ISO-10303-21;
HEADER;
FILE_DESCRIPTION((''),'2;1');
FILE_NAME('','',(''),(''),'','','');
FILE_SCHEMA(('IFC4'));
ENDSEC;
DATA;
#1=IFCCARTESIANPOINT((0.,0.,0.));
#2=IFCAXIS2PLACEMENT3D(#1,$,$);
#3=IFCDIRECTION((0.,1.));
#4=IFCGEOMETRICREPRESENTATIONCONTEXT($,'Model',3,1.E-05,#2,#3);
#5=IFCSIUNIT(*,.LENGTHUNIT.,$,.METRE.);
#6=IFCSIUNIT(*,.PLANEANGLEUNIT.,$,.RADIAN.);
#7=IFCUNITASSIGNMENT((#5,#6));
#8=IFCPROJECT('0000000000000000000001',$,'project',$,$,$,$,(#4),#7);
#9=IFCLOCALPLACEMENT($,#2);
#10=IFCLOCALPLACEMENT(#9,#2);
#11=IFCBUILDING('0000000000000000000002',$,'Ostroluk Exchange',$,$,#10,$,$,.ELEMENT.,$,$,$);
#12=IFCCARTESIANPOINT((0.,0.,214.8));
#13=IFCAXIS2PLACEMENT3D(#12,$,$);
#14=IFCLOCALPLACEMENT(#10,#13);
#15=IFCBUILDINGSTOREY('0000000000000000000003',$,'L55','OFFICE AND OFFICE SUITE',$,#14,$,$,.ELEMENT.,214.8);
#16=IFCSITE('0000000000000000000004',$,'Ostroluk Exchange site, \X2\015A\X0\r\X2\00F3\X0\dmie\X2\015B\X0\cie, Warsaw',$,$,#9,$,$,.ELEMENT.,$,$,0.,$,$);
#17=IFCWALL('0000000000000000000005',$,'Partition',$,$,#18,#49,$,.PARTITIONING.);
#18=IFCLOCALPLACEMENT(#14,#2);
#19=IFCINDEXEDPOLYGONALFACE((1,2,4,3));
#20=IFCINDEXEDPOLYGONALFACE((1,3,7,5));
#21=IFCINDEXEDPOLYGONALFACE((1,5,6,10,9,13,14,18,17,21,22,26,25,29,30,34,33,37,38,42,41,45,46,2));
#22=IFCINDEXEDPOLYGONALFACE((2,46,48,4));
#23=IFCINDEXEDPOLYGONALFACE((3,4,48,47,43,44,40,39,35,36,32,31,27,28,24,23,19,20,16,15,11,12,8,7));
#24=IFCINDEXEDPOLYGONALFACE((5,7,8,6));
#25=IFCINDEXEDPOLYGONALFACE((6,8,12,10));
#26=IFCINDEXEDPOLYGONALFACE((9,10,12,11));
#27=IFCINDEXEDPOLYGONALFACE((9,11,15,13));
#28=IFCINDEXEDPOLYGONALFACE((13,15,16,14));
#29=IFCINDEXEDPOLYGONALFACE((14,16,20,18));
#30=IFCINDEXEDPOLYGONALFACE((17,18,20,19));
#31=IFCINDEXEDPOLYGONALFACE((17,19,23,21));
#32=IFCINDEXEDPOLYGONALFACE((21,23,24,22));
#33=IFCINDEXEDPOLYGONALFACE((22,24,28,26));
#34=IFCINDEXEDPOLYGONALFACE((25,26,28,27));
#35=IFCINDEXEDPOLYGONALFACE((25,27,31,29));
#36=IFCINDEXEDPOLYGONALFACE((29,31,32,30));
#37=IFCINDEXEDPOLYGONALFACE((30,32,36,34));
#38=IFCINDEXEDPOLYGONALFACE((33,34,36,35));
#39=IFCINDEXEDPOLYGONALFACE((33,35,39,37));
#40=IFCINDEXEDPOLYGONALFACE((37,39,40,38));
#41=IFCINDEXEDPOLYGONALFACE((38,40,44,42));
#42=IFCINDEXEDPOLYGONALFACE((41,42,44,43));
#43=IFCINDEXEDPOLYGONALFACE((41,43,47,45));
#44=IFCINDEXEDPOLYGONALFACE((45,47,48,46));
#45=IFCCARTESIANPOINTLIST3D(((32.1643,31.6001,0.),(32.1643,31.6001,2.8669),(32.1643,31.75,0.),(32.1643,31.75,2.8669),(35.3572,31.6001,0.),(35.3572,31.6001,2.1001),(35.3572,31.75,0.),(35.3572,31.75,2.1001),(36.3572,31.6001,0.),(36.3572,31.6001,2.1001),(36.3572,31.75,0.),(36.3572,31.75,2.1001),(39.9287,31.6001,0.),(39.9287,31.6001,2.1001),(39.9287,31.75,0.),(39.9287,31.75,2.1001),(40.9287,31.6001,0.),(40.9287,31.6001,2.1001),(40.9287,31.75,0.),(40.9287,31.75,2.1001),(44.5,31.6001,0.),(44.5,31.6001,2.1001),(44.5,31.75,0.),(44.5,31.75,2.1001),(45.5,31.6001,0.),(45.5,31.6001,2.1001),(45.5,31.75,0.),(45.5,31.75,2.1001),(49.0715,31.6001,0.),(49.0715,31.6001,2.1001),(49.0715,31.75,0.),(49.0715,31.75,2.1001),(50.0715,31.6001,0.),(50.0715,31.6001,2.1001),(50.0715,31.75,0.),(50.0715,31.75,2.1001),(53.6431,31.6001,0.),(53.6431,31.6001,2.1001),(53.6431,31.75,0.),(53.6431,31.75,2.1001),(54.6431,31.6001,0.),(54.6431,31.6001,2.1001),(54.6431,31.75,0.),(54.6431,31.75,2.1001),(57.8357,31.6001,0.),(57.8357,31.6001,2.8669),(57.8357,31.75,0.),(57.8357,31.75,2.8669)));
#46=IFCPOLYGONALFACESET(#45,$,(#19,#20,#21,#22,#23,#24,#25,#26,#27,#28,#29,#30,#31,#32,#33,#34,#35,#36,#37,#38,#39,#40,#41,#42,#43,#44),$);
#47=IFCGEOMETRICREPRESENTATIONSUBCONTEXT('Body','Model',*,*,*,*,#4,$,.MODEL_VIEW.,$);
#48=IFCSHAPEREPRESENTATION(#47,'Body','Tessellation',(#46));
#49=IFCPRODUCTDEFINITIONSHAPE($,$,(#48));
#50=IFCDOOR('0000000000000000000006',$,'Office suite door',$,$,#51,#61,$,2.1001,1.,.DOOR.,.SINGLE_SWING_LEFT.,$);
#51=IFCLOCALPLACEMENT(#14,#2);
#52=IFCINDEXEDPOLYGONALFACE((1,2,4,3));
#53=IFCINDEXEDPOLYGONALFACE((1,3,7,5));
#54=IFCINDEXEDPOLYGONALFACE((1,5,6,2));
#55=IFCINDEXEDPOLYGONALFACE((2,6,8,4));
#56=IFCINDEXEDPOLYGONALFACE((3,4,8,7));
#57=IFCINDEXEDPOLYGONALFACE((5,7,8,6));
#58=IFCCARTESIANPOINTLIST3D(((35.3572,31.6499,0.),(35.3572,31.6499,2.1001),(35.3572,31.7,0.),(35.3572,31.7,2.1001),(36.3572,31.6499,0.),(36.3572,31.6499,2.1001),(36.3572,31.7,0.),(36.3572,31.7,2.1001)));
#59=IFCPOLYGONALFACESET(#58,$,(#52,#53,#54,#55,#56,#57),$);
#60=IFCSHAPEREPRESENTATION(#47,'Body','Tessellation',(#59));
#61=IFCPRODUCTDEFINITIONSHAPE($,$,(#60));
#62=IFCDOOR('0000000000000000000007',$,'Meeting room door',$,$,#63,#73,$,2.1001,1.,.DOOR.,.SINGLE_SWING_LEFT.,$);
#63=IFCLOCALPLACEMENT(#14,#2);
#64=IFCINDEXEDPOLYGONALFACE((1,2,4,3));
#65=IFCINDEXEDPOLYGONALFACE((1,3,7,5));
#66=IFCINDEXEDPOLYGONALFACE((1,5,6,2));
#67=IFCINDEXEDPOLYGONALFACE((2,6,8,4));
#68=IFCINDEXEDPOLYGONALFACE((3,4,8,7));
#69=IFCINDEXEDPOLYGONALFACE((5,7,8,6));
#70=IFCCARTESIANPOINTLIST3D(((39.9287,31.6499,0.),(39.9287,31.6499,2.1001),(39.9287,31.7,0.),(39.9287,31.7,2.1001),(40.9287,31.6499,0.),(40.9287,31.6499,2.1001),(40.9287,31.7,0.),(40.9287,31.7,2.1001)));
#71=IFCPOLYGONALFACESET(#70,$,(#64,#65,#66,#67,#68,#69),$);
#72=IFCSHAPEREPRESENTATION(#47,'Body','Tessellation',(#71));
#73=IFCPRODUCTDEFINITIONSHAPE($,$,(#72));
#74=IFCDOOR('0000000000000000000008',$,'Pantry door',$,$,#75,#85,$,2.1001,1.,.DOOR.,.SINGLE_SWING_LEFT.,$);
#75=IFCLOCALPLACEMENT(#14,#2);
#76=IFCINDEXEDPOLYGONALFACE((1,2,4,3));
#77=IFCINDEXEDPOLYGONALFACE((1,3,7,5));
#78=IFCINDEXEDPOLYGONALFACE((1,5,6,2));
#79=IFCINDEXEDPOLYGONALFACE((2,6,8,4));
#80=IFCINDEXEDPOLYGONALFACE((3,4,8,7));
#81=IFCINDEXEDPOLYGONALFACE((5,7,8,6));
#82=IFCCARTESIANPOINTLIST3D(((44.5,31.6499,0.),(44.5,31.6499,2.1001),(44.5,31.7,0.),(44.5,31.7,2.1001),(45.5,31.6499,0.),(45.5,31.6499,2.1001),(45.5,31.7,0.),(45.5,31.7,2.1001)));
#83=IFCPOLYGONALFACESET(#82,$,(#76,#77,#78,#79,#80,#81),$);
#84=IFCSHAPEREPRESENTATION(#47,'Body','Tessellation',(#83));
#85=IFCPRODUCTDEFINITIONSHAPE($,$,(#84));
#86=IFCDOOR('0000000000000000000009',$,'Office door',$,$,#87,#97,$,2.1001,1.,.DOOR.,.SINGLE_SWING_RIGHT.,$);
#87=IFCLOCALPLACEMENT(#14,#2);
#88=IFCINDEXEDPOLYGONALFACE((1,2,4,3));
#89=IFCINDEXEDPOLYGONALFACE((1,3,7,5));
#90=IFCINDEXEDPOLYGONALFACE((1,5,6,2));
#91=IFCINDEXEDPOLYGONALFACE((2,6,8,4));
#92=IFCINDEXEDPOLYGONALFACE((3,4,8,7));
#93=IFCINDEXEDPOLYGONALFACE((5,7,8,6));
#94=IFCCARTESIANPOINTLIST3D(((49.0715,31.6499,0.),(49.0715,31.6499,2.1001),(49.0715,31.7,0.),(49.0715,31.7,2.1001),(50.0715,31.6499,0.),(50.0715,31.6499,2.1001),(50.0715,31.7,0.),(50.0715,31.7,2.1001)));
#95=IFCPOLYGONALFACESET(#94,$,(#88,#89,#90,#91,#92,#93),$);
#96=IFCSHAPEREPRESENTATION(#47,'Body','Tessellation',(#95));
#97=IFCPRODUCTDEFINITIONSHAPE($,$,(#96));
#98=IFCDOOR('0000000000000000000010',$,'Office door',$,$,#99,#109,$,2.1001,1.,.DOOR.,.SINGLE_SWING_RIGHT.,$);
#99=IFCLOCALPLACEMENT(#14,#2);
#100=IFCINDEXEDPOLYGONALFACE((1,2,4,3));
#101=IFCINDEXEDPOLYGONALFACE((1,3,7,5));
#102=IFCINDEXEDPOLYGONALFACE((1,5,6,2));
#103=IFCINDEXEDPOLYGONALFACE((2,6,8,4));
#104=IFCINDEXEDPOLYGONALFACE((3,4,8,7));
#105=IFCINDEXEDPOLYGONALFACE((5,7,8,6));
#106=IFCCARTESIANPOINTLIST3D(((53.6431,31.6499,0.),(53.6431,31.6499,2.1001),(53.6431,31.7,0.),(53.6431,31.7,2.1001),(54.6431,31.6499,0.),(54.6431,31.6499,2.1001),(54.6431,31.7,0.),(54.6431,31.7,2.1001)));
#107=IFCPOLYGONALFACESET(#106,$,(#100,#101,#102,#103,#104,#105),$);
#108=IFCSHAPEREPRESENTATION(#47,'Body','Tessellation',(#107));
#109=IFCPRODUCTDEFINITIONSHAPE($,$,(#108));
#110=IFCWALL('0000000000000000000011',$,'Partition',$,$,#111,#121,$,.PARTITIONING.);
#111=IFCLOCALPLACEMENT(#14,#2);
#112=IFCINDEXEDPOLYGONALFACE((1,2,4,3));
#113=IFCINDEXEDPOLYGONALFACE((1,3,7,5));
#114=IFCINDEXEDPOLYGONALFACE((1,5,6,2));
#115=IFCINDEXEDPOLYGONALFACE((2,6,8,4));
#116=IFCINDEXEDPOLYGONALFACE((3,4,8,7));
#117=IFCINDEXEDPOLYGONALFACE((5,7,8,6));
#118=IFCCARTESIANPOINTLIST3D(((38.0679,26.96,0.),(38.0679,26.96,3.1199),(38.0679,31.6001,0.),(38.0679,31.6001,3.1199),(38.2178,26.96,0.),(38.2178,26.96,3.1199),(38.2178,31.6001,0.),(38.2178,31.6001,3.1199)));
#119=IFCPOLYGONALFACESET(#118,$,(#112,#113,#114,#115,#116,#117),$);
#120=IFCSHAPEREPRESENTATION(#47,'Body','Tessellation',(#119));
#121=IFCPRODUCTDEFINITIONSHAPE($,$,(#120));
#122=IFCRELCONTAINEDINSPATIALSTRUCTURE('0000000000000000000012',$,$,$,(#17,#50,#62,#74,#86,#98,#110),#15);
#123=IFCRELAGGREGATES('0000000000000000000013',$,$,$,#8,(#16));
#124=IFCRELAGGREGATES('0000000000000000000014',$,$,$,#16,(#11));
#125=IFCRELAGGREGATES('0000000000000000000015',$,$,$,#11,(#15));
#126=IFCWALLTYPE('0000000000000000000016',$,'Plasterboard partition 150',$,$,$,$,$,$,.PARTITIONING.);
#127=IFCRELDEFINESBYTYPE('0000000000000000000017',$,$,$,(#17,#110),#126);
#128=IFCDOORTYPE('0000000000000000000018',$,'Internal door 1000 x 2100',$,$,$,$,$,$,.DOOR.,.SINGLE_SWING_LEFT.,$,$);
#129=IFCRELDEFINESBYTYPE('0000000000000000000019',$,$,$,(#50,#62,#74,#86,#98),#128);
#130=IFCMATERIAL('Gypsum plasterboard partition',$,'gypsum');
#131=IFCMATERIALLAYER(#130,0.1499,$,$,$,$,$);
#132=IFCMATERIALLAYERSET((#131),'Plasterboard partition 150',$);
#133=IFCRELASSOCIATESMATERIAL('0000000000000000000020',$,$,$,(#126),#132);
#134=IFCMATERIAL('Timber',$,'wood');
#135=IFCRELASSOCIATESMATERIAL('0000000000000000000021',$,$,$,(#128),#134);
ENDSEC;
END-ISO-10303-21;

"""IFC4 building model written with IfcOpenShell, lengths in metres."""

from ifc_helpers import new_model, si_unit, direction, frame, frame_2d, origin, place, context, subcontext, project, spatial, rectangle, extrude, material, layer, layer_set, type_object, element, fill, save


model = new_model("IFC4")

# Units and contexts
model_context = context("Model", 3, precision=1e-05, world=origin(), true_north=direction((0.0, 1.0)))
body_context = subcontext(model_context, "Body", "Model", "MODEL_VIEW")
ifc_project = project(units=[si_unit("LENGTHUNIT", "METRE"), si_unit("PLANEANGLEUNIT", "RADIAN")], contexts=[model_context])

# Site, building, storey
site_placement = place(None, origin())
site = spatial("IfcSite", under=ifc_project, at=site_placement, Name="Ostroluk Exchange site, Śródmieście, Warsaw", CompositionType="ELEMENT", RefElevation=0.0)
building_placement = place(site_placement, origin())
building = spatial("IfcBuilding", under=site, at=building_placement, Name="Ostroluk Exchange", CompositionType="ELEMENT")
storey_placement = place(building_placement, frame((0.0, 0.0, 214.8)))
storey = spatial("IfcBuildingStorey", under=building, at=storey_placement, Name="L55", Description="OFFICE AND OFFICE SUITE", CompositionType="ELEMENT", Elevation=214.8)

# Wall, openings, doors
ifc_material_1 = material(Name="Gypsum plasterboard partition", Category="gypsum")
ifc_layer_1 = layer(ifc_material_1, 0.1499)
ifc_layer_set_1 = layer_set([ifc_layer_1], Name="Plasterboard partition 150")
wall_type = type_object("IfcWallType", Name="Plasterboard partition 150", PredefinedType="PARTITIONING", material=ifc_layer_set_1)
wall_1_placement = place(storey_placement, frame((32.1643, 31.675, 0.0), z_axis=(0.0, 0.0, 1.0), x_axis=(1.0, 0.0, 0.0)))
wall_1 = element("IfcWall", 1, at=wall_1_placement, inside=storey, type_object=wall_type, Name="Partition", PredefinedType="PARTITIONING", context=body_context, shape_type="SweptSolid", body=[
    extrude(rectangle(XDim=25.6714, YDim=0.1499, at=frame_2d((12.8357, 0.0))), origin(), (0.0, 0.0, 1.0), 2.8669),
])
opening_1_placement = place(wall_1_placement, frame((3.1929, 0.0, 0.0)))
opening_1 = element("IfcOpeningElement", 2, at=opening_1_placement, cuts=wall_1, PredefinedType="OPENING", context=body_context, shape_type="SweptSolid", body=[
    extrude(rectangle(XDim=1.0, YDim=2.1001, at=frame_2d((0.5, 1.05))), frame((0.0, 0.085, 0.0), z_axis=(0.0, -1.0, 0.0), x_axis=(1.0, 0.0, 0.0)), (0.0, 0.0, 1.0), 0.1699),
])
opening_2_placement = place(wall_1_placement, frame((7.7644, 0.0, 0.0)))
opening_2 = element("IfcOpeningElement", 3, at=opening_2_placement, cuts=wall_1, PredefinedType="OPENING", context=body_context, shape_type="SweptSolid", body=[
    extrude(rectangle(XDim=1.0, YDim=2.1001, at=frame_2d((0.5, 1.05))), frame((0.0, 0.085, 0.0), z_axis=(0.0, -1.0, 0.0), x_axis=(1.0, 0.0, 0.0)), (0.0, 0.0, 1.0), 0.1699),
])
opening_3_placement = place(wall_1_placement, frame((12.3357, 0.0, 0.0)))
opening_3 = element("IfcOpeningElement", 4, at=opening_3_placement, cuts=wall_1, PredefinedType="OPENING", context=body_context, shape_type="SweptSolid", body=[
    extrude(rectangle(XDim=1.0, YDim=2.1001, at=frame_2d((0.5, 1.05))), frame((0.0, 0.085, 0.0), z_axis=(0.0, -1.0, 0.0), x_axis=(1.0, 0.0, 0.0)), (0.0, 0.0, 1.0), 0.1699),
])
opening_4_placement = place(wall_1_placement, frame((16.9072, 0.0, 0.0)))
opening_4 = element("IfcOpeningElement", 5, at=opening_4_placement, cuts=wall_1, PredefinedType="OPENING", context=body_context, shape_type="SweptSolid", body=[
    extrude(rectangle(XDim=1.0, YDim=2.1001, at=frame_2d((0.5, 1.05))), frame((0.0, 0.085, 0.0), z_axis=(0.0, -1.0, 0.0), x_axis=(1.0, 0.0, 0.0)), (0.0, 0.0, 1.0), 0.1699),
])
opening_5_placement = place(wall_1_placement, frame((21.4788, 0.0, 0.0)))
opening_5 = element("IfcOpeningElement", 6, at=opening_5_placement, cuts=wall_1, PredefinedType="OPENING", context=body_context, shape_type="SweptSolid", body=[
    extrude(rectangle(XDim=1.0, YDim=2.1001, at=frame_2d((0.5, 1.05))), frame((0.0, 0.085, 0.0), z_axis=(0.0, -1.0, 0.0), x_axis=(1.0, 0.0, 0.0)), (0.0, 0.0, 1.0), 0.1699),
])
ifc_material_2 = material(Name="Timber", Category="wood")
door_type = type_object("IfcDoorType", Name="Internal door 1000 x 2100", OperationType="SINGLE_SWING_LEFT", PredefinedType="DOOR", material=ifc_material_2)
door_1_placement = place(opening_1_placement, origin())
door_1 = element("IfcDoor", 7, at=door_1_placement, inside=storey, type_object=door_type, Name="Office suite door", OperationType="SINGLE_SWING_LEFT", OverallHeight=2.1001, OverallWidth=1.0, PredefinedType="DOOR", context=body_context, shape_type="SweptSolid", body=[
    extrude(rectangle(XDim=1.0, YDim=2.1001, at=frame_2d((0.5, 1.05))), frame((0.0, 0.0249, 0.0), z_axis=(0.0, -1.0, 0.0), x_axis=(1.0, 0.0, 0.0)), (0.0, 0.0, 1.0), 0.05),
])
fill(opening_1, door_1)
door_2_placement = place(opening_2_placement, origin())
door_2 = element("IfcDoor", 8, at=door_2_placement, inside=storey, type_object=door_type, Name="Meeting room door", OperationType="SINGLE_SWING_LEFT", OverallHeight=2.1001, OverallWidth=1.0, PredefinedType="DOOR", context=body_context, shape_type="SweptSolid", body=[
    extrude(rectangle(XDim=1.0, YDim=2.1001, at=frame_2d((0.5, 1.05))), frame((0.0, 0.0249, 0.0), z_axis=(0.0, -1.0, 0.0), x_axis=(1.0, 0.0, 0.0)), (0.0, 0.0, 1.0), 0.05),
])
fill(opening_2, door_2)
door_3_placement = place(opening_3_placement, origin())
door_3 = element("IfcDoor", 9, at=door_3_placement, inside=storey, type_object=door_type, Name="Pantry door", OperationType="SINGLE_SWING_LEFT", OverallHeight=2.1001, OverallWidth=1.0, PredefinedType="DOOR", context=body_context, shape_type="SweptSolid", body=[
    extrude(rectangle(XDim=1.0, YDim=2.1001, at=frame_2d((0.5, 1.05))), frame((0.0, 0.0249, 0.0), z_axis=(0.0, -1.0, 0.0), x_axis=(1.0, 0.0, 0.0)), (0.0, 0.0, 1.0), 0.05),
])
fill(opening_3, door_3)
door_4_placement = place(opening_4_placement, origin())
door_4 = element("IfcDoor", 10, at=door_4_placement, inside=storey, type_object=door_type, Name="Office door", OperationType="SINGLE_SWING_RIGHT", OverallHeight=2.1001, OverallWidth=1.0, PredefinedType="DOOR", context=body_context, shape_type="SweptSolid", body=[
    extrude(rectangle(XDim=1.0, YDim=2.1001, at=frame_2d((0.5, 1.05))), frame((0.0, 0.0249, 0.0), z_axis=(0.0, -1.0, 0.0), x_axis=(1.0, 0.0, 0.0)), (0.0, 0.0, 1.0), 0.05),
])
fill(opening_4, door_4)
door_5_placement = place(opening_5_placement, origin())
door_5 = element("IfcDoor", 11, at=door_5_placement, inside=storey, type_object=door_type, Name="Office door", OperationType="SINGLE_SWING_RIGHT", OverallHeight=2.1001, OverallWidth=1.0, PredefinedType="DOOR", context=body_context, shape_type="SweptSolid", body=[
    extrude(rectangle(XDim=1.0, YDim=2.1001, at=frame_2d((0.5, 1.05))), frame((0.0, 0.0249, 0.0), z_axis=(0.0, -1.0, 0.0), x_axis=(1.0, 0.0, 0.0)), (0.0, 0.0, 1.0), 0.05),
])
fill(opening_5, door_5)

# Wall
wall_2_placement = place(storey_placement, frame((38.1428, 31.6001, 0.0), z_axis=(0.0, 0.0, 1.0), x_axis=(0.0, -1.0, 0.0)))
element("IfcWall", 12, at=wall_2_placement, inside=storey, type_object=wall_type, Name="Partition", PredefinedType="PARTITIONING", context=body_context, shape_type="SweptSolid", body=[
    extrude(rectangle(XDim=4.6401, YDim=0.1499, at=frame_2d((2.3201, 0.0))), origin(), (0.0, 0.0, 1.0), 3.1199),
])

save(model, "model.ifc")
